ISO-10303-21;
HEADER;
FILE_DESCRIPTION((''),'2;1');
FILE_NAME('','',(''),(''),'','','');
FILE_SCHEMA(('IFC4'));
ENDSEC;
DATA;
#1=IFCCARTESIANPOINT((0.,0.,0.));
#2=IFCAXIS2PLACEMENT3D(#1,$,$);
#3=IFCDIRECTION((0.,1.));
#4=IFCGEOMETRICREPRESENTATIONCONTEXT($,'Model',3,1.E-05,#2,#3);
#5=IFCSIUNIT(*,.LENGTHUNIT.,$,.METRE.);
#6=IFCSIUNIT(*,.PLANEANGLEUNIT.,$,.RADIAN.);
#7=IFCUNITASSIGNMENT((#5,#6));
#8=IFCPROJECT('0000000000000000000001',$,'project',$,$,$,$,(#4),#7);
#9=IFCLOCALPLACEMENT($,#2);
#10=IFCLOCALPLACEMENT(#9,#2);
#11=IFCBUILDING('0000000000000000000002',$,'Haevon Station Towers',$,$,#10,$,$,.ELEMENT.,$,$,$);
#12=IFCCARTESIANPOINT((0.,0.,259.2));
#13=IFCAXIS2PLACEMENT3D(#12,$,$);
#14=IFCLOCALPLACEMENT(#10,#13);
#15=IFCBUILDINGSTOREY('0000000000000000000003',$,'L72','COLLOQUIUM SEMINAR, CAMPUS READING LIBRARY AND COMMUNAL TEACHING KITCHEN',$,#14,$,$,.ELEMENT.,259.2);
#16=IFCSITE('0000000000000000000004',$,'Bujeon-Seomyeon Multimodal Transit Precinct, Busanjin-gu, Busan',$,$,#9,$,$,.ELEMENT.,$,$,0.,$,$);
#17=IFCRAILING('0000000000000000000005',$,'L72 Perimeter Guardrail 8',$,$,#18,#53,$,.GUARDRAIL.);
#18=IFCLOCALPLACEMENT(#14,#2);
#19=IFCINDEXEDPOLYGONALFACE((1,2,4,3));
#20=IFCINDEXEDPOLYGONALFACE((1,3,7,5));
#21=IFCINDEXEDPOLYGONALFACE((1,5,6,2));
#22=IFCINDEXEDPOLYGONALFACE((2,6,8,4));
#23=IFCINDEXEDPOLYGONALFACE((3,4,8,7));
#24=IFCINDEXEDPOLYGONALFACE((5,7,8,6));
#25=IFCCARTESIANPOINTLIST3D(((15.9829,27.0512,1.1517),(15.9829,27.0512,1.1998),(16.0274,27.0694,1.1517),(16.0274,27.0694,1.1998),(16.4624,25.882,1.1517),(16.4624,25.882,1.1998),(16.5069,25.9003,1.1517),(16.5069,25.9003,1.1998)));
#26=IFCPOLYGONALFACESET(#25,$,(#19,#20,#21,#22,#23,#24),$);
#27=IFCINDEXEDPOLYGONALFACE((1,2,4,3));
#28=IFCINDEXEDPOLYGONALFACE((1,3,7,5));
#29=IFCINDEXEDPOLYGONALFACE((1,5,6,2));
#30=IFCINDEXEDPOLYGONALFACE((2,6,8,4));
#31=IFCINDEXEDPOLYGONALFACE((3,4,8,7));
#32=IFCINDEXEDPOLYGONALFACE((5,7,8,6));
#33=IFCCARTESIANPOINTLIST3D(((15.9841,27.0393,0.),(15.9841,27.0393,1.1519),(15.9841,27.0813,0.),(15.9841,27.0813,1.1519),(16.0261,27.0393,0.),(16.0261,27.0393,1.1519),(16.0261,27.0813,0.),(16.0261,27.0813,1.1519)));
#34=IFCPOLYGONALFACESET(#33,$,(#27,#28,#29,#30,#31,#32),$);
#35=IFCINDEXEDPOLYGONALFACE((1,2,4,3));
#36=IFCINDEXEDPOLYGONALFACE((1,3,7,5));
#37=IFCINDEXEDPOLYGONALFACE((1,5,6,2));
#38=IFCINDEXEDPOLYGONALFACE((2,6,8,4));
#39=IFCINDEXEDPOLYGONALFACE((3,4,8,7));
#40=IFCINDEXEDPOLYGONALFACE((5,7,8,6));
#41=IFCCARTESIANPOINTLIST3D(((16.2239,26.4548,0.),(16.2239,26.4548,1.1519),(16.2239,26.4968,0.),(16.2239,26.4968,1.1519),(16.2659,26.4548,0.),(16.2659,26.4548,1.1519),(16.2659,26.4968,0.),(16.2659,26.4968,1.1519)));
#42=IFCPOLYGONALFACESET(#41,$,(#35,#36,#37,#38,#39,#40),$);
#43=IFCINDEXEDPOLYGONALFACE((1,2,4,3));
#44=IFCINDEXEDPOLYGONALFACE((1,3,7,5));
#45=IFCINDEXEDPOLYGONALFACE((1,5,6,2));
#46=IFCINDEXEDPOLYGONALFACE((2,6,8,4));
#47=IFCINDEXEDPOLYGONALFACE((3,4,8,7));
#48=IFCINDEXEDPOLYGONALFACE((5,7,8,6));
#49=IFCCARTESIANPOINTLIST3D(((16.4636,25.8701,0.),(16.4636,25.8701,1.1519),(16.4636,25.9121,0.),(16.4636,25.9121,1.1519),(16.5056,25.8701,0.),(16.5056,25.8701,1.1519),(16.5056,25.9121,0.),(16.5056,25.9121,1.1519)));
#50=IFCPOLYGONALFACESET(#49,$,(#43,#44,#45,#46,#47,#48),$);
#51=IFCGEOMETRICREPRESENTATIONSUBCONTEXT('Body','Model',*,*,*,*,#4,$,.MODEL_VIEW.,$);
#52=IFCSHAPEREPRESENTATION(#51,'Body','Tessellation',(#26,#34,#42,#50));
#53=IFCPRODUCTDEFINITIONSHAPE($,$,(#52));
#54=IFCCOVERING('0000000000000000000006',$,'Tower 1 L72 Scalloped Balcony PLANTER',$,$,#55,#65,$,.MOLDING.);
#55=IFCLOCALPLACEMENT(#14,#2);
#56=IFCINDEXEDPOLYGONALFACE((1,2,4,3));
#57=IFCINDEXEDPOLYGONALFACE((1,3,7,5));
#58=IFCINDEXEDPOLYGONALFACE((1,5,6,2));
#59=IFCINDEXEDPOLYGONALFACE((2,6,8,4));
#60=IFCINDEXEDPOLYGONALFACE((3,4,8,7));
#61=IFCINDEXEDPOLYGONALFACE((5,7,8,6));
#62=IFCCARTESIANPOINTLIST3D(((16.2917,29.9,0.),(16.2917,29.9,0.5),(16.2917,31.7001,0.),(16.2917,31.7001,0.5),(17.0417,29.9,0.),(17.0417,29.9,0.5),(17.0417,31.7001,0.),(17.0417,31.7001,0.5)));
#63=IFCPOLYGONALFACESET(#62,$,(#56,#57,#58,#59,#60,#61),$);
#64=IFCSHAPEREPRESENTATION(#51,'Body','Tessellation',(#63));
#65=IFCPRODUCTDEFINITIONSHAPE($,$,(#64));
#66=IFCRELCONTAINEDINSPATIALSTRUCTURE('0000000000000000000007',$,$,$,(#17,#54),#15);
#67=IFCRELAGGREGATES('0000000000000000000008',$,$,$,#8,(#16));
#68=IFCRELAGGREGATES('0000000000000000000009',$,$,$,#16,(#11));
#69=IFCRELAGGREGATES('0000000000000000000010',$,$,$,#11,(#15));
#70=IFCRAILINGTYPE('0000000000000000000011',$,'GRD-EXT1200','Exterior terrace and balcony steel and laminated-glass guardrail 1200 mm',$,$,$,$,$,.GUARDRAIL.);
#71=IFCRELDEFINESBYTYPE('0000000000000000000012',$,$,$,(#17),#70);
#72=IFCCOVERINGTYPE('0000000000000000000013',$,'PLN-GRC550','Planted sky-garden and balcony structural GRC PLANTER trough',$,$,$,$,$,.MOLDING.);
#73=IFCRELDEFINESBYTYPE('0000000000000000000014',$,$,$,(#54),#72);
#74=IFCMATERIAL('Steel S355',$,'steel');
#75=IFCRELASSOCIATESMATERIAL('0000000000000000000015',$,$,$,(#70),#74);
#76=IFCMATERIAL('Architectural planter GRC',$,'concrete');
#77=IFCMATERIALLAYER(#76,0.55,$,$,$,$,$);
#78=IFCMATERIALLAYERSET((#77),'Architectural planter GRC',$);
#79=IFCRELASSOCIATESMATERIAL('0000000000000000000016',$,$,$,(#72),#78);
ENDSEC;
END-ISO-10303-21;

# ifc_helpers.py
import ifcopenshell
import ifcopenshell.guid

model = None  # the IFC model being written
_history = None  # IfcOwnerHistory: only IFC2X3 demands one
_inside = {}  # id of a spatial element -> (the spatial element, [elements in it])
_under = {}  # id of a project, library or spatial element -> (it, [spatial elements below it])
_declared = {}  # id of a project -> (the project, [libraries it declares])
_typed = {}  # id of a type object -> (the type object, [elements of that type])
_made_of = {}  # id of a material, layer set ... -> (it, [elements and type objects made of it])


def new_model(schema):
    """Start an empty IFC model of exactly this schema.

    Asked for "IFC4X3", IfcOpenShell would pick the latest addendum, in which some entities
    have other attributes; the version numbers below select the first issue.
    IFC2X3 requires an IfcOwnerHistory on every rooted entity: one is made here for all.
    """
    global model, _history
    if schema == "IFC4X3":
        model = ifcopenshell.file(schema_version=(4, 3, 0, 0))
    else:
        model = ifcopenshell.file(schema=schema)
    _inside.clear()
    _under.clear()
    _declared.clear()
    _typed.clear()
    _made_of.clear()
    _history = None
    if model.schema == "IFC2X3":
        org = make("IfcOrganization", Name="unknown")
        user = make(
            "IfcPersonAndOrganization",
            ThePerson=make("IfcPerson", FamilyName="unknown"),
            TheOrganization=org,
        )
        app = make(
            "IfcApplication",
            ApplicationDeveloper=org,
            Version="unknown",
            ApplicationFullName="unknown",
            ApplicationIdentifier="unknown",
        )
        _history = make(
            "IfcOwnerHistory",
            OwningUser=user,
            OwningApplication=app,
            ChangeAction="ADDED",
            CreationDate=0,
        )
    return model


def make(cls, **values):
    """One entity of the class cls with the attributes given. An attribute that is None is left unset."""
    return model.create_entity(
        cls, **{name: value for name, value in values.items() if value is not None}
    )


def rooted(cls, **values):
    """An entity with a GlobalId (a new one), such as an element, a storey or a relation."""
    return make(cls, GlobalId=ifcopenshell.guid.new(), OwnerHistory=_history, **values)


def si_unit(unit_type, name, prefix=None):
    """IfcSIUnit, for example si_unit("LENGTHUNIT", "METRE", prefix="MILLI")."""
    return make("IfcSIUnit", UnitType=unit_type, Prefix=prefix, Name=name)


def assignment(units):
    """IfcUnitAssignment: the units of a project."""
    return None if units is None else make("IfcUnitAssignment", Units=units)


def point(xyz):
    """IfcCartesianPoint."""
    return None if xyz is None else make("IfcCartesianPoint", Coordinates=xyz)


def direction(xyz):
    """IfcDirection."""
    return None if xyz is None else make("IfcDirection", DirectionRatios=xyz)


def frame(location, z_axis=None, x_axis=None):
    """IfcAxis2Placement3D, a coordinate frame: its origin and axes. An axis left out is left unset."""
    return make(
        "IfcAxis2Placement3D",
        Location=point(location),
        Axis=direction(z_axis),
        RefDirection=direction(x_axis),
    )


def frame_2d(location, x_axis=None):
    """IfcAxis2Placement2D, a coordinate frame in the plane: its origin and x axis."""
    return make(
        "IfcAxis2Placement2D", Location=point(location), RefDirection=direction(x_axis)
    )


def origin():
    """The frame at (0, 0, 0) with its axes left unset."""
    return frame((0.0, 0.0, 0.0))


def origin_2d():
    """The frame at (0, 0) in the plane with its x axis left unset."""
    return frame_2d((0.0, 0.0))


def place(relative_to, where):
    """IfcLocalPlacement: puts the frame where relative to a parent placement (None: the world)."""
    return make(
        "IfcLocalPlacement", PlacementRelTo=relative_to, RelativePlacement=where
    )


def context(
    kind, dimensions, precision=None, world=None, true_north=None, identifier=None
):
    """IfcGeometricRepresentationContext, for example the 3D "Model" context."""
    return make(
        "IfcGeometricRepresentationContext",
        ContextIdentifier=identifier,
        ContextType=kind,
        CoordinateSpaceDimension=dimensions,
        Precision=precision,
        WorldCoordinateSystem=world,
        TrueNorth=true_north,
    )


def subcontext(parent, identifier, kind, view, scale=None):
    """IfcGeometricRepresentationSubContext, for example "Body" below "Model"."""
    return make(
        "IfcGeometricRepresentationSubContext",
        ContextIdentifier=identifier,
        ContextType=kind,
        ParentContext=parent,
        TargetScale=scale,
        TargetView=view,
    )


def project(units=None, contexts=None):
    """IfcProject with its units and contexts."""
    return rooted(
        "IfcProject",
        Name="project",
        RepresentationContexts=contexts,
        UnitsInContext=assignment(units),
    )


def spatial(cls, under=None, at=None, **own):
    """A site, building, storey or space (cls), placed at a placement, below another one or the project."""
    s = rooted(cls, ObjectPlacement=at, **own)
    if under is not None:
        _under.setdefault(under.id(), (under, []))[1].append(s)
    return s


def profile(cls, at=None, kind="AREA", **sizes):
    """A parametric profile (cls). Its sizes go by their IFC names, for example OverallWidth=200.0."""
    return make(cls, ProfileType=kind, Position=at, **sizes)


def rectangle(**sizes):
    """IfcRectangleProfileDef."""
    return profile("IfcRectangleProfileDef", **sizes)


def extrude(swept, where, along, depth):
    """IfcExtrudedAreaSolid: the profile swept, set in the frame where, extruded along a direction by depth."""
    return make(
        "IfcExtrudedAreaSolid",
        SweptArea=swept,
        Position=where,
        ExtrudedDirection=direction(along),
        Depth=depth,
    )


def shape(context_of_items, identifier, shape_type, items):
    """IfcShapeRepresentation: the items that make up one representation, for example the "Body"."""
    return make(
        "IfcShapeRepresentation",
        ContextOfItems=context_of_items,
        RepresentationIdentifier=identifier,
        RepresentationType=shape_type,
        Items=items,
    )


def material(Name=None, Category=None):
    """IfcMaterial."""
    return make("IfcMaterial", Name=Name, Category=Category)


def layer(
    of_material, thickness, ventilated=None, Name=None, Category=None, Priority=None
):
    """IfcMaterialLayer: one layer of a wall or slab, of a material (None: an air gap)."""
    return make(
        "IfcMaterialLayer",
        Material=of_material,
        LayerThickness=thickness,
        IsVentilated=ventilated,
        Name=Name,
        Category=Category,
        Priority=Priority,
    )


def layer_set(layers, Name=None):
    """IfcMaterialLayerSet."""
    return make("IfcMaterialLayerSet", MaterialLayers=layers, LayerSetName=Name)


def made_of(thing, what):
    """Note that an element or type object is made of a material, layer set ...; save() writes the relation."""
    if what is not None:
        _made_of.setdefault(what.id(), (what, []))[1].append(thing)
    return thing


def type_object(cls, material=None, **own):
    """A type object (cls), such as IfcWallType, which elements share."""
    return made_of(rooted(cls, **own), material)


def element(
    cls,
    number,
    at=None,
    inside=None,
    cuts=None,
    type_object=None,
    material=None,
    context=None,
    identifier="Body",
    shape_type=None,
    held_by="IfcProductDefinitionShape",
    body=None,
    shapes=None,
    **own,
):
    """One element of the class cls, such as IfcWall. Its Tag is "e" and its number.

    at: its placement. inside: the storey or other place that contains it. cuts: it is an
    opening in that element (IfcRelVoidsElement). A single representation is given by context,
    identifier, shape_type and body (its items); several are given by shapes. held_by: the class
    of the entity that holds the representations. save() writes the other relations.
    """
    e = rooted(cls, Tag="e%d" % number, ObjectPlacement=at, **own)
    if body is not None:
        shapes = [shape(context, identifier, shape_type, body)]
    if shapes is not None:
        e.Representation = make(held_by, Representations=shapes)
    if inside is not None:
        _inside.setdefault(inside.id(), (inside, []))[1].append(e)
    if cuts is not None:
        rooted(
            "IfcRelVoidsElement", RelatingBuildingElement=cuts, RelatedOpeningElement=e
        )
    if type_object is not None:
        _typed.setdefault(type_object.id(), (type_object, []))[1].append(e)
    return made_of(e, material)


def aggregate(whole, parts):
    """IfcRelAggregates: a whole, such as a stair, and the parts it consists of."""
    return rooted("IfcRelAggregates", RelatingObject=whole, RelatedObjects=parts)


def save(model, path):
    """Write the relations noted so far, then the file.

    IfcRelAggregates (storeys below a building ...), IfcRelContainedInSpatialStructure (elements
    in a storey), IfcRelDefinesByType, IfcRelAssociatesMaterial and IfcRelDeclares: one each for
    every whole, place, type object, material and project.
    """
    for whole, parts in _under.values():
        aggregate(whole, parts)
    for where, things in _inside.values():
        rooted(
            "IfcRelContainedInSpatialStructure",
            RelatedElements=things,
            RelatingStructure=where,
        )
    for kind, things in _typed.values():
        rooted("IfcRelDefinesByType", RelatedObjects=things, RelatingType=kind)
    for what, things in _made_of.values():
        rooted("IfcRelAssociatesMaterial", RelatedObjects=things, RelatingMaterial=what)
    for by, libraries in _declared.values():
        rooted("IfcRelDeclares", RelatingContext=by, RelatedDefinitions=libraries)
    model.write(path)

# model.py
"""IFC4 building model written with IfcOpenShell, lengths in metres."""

from ifc_helpers import new_model, si_unit, direction, frame, origin, origin_2d, place, context, subcontext, project, spatial, rectangle, extrude, material, layer, layer_set, type_object, element, save


model = new_model("IFC4")

# Units and contexts
model_context = context("Model", 3, precision=1e-05, world=origin(), true_north=direction((0.0, 1.0)))
body_context = subcontext(model_context, "Body", "Model", "MODEL_VIEW")
ifc_project = project(units=[si_unit("LENGTHUNIT", "METRE"), si_unit("PLANEANGLEUNIT", "RADIAN")], contexts=[model_context])

# Site, building, storey
site_placement = place(None, origin())
site = spatial("IfcSite", under=ifc_project, at=site_placement, Name="Bujeon-Seomyeon Multimodal Transit Precinct, Busanjin-gu, Busan", CompositionType="ELEMENT", RefElevation=0.0)
building_placement = place(site_placement, origin())
building = spatial("IfcBuilding", under=site, at=building_placement, Name="Haevon Station Towers", CompositionType="ELEMENT")
storey_placement = place(building_placement, frame((0.0, 0.0, 259.2)))
storey = spatial("IfcBuildingStorey", under=building, at=storey_placement, Name="L72", Description="COLLOQUIUM SEMINAR, CAMPUS READING LIBRARY AND COMMUNAL TEACHING KITCHEN", CompositionType="ELEMENT", Elevation=259.2)

# Shared definitions
ifc_material_1 = material(Name="Steel S355", Category="steel")

# Railing
railing_type = type_object("IfcRailingType", Name="GRD-EXT1200", Description="Exterior terrace and balcony steel and laminated-glass guardrail 1200 mm", PredefinedType="GUARDRAIL", material=ifc_material_1)
railing_1_placement = place(storey_placement, frame((16.0051, 27.0603, 0.0)))
element("IfcRailing", 1, at=railing_1_placement, inside=storey, type_object=railing_type, Name="L72 Perimeter Guardrail 8", PredefinedType="GUARDRAIL", context=body_context, shape_type="SweptSolid", body=[
    extrude(rectangle(XDim=0.0481, YDim=0.0481, at=origin_2d()), frame((0.0, 0.0, 1.1758), z_axis=(0.379438, -0.925217, 0.0), x_axis=(0.925217, 0.379438, 0.0)), (0.0, 0.0, 1.0), 1.2637),
    extrude(rectangle(XDim=0.042, YDim=0.042, at=origin_2d()), origin(), (0.0, 0.0, 1.0), 1.1519),
    extrude(rectangle(XDim=0.042, YDim=0.042, at=origin_2d()), frame((0.2397, -0.5845, 0.0)), (0.0, 0.0, 1.0), 1.1519),
    extrude(rectangle(XDim=0.042, YDim=0.042, at=origin_2d()), frame((0.4795, -1.1692, 0.0)), (0.0, 0.0, 1.0), 1.1519),
])

# Covering
ifc_material_2 = material(Name="Architectural planter GRC", Category="concrete")
ifc_layer = layer(ifc_material_2, 0.55)
ifc_layer_set = layer_set([ifc_layer], Name="Architectural planter GRC")
covering_type = type_object("IfcCoveringType", Name="PLN-GRC550", Description="Planted sky-garden and balcony structural GRC PLANTER trough", PredefinedType="MOLDING", material=ifc_layer_set)
covering_placement = place(storey_placement, frame((16.6667, 30.8, 0.0), z_axis=(0.0, 0.0, 1.0), x_axis=(1.0, 0.0, 0.0)))
element("IfcCovering", 2, at=covering_placement, inside=storey, type_object=covering_type, Name="Tower 1 L72 Scalloped Balcony PLANTER", PredefinedType="MOLDING", context=body_context, shape_type="SweptSolid", body=[
    extrude(rectangle(XDim=0.75, YDim=1.8, at=origin_2d()), origin(), (0.0, 0.0, 1.0), 0.5),
])

save(model, "model.ifc")
